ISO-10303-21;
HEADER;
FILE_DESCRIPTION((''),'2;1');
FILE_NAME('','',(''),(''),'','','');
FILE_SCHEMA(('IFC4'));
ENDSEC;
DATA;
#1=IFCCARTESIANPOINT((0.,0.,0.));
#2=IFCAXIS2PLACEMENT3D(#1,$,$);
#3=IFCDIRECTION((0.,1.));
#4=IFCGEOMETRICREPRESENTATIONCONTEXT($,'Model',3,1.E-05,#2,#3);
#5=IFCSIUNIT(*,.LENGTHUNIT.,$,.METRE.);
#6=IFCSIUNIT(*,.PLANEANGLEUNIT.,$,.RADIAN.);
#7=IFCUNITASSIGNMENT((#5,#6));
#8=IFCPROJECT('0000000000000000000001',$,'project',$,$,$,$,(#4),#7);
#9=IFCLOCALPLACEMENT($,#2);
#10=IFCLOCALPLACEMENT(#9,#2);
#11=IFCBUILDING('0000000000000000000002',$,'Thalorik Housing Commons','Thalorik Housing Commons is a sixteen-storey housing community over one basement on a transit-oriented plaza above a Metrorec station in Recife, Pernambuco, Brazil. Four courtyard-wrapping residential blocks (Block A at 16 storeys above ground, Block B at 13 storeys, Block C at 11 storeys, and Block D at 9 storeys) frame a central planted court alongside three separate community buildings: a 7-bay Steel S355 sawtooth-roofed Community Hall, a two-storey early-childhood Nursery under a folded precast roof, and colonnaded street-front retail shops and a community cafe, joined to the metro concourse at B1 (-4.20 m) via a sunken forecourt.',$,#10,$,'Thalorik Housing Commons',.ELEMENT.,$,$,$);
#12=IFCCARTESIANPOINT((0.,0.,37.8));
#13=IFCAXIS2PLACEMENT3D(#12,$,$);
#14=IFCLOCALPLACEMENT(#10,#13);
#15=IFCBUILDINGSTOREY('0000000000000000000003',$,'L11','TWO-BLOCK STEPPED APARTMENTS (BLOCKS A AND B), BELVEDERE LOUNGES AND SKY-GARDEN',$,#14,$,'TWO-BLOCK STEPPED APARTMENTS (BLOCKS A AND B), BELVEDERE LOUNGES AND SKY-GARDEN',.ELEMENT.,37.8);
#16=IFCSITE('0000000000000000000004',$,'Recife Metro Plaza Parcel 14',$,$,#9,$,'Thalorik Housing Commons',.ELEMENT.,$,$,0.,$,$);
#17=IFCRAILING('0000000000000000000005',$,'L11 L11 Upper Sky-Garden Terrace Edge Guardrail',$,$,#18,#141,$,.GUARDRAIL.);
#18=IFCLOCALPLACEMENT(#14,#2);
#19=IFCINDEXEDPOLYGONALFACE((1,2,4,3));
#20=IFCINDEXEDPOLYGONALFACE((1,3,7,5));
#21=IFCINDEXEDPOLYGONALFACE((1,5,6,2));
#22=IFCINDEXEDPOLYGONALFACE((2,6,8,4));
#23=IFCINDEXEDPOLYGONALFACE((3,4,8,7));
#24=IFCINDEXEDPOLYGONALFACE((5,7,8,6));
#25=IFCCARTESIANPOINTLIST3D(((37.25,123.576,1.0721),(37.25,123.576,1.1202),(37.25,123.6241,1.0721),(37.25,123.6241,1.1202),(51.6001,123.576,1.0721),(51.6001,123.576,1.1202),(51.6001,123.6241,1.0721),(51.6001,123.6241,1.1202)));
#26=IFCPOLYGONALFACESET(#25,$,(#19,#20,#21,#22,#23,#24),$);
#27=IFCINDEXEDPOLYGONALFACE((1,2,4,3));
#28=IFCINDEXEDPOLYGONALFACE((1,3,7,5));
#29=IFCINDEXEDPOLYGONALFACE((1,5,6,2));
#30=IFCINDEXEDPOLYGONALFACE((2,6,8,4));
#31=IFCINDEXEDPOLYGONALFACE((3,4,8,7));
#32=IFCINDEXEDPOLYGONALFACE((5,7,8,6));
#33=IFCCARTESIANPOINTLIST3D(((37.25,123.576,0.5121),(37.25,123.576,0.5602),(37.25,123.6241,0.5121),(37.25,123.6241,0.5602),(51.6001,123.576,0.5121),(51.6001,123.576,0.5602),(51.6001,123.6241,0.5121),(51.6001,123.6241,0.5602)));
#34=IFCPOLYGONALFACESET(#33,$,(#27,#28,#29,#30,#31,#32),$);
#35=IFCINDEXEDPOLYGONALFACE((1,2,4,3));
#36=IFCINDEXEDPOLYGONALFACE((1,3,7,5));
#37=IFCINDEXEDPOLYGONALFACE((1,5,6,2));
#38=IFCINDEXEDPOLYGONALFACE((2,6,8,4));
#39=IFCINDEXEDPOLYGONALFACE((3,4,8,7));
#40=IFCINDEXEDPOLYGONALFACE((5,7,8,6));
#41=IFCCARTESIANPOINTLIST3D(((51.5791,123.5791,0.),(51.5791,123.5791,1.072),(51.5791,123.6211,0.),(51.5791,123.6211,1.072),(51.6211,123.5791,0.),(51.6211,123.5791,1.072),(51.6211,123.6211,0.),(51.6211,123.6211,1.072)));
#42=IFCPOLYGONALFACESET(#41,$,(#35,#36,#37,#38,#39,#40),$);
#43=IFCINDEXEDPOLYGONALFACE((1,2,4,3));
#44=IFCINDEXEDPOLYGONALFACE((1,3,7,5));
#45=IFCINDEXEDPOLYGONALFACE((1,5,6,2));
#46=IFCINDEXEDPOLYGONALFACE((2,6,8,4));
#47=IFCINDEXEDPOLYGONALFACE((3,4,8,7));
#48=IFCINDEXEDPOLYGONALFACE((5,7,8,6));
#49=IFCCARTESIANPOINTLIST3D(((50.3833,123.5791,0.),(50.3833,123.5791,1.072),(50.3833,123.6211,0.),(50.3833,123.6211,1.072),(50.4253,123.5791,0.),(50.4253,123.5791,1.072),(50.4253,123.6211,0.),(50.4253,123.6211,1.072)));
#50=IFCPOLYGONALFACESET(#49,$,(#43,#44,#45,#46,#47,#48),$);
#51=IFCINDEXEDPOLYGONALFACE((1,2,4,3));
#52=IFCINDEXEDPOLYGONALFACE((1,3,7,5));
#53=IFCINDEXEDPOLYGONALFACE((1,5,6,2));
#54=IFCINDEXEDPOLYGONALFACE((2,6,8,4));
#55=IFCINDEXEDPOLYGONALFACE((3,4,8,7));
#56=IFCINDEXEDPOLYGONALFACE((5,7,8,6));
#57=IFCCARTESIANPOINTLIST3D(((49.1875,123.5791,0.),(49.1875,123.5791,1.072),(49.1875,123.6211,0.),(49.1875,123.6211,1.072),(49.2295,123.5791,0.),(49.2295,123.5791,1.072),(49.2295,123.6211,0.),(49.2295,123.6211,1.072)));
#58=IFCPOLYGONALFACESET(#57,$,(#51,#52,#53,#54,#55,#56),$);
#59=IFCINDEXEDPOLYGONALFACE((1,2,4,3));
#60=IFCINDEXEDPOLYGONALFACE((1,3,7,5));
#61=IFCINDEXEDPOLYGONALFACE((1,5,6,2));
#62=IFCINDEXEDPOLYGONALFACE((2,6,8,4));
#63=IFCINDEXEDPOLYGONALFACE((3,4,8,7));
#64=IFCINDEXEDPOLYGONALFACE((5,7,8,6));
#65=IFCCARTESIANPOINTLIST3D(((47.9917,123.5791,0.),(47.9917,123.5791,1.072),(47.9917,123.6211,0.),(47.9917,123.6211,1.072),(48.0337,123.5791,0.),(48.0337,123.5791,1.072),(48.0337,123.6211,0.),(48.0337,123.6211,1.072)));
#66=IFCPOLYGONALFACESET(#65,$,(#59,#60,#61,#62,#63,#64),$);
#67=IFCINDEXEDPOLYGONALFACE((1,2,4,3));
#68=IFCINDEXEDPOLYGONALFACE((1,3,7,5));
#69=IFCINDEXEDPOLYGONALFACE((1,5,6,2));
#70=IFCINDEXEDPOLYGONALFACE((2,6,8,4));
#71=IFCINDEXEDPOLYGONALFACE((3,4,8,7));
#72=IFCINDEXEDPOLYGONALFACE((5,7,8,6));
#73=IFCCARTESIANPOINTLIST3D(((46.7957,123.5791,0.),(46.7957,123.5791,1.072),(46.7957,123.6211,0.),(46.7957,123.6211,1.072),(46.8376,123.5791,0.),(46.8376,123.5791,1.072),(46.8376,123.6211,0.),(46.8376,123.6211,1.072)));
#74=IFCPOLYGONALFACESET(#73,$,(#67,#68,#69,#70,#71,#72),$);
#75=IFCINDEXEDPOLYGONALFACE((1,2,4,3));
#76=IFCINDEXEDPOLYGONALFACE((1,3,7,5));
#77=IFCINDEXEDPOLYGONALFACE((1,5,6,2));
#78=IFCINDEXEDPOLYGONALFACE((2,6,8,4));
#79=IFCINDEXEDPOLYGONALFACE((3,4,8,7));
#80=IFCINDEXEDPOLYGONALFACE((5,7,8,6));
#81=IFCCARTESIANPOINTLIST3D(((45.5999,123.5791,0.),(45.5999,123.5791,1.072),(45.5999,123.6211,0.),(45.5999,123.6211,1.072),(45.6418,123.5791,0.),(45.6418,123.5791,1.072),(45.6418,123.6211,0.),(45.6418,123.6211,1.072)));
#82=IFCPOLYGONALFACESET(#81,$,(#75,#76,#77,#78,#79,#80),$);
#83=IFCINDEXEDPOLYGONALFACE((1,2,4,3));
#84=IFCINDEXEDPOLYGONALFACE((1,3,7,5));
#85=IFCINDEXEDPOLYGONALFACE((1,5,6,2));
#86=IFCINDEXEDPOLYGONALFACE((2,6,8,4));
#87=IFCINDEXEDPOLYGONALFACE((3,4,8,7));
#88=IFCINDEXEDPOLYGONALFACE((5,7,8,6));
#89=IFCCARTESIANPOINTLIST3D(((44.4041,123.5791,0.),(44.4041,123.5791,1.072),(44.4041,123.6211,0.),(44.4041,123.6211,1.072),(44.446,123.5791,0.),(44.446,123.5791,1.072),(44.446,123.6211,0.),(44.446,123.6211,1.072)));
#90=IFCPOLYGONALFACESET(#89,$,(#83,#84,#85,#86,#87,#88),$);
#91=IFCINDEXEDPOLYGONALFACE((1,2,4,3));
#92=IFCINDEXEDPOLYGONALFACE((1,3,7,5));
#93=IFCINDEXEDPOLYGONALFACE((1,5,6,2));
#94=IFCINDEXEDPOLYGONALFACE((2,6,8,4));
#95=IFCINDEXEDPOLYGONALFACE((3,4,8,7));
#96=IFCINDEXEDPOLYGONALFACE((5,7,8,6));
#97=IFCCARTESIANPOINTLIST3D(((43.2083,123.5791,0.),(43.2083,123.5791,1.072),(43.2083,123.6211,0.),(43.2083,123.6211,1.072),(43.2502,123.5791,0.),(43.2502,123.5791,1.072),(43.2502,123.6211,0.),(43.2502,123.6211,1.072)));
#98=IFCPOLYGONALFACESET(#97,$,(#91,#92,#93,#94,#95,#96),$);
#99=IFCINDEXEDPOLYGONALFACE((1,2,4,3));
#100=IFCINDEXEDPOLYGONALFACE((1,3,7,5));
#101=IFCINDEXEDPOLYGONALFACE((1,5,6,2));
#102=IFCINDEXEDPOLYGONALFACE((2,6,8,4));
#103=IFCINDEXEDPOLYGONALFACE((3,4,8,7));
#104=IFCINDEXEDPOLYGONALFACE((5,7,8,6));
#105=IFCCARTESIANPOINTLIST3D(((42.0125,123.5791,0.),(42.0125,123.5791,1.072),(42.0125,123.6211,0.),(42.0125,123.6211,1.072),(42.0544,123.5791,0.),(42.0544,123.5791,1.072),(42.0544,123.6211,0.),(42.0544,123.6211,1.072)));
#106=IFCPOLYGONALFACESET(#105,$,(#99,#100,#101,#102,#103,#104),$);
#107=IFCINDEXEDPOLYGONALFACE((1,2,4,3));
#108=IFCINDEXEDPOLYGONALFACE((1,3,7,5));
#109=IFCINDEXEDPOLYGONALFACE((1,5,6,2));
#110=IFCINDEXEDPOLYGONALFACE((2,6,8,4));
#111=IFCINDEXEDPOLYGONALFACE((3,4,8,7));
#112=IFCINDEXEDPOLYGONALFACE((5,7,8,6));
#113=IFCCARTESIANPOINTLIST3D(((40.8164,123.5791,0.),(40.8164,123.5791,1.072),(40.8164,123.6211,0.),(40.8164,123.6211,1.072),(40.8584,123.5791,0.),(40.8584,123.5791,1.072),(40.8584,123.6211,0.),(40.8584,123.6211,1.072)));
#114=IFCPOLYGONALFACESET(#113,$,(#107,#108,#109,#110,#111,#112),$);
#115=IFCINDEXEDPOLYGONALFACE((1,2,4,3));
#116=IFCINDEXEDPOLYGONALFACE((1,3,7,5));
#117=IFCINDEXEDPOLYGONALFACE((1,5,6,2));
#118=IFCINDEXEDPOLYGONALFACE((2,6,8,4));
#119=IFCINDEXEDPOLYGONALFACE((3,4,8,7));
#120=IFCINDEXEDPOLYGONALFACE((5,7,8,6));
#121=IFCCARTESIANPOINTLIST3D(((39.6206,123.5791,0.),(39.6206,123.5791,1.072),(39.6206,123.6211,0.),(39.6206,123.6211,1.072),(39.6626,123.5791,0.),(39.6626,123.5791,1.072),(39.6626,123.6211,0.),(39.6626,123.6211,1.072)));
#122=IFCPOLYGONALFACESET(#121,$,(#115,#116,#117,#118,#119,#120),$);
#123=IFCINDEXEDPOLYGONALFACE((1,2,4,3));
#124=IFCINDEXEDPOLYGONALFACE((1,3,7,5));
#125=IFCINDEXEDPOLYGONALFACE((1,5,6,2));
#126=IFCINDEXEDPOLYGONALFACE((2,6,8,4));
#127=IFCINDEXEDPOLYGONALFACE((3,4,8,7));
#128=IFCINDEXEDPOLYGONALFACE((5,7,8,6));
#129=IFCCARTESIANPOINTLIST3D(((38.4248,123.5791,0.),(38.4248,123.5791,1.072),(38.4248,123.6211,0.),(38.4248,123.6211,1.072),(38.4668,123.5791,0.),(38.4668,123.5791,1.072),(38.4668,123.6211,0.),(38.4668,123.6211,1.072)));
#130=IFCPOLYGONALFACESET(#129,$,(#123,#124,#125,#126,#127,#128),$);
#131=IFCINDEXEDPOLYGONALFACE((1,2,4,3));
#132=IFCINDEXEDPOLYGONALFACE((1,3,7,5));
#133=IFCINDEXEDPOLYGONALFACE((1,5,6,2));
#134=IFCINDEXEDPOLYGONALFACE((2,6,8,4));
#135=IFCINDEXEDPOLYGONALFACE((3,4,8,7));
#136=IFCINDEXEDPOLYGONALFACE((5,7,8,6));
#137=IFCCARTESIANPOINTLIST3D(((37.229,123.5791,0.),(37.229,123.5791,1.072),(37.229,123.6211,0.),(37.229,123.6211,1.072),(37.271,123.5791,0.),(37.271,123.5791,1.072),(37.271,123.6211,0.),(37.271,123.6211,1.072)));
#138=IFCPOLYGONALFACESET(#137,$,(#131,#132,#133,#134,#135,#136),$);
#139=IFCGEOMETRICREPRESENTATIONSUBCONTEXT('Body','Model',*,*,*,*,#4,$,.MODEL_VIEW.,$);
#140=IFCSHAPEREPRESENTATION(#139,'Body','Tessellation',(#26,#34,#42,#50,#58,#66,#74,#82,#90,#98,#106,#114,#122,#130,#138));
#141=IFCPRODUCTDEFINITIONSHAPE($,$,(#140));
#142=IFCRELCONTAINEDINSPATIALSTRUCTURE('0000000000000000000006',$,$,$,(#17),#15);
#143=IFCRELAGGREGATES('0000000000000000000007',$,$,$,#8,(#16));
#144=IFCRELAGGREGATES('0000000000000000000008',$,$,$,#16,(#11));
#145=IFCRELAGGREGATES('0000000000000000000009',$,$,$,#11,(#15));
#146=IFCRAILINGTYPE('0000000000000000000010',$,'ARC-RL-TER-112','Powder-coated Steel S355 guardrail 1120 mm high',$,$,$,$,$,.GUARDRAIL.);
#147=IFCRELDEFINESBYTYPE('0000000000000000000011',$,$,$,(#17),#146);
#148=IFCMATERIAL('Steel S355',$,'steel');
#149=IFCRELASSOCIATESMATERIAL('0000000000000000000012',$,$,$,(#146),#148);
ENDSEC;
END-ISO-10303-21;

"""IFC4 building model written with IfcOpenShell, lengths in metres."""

from ifc_helpers import new_model, si_unit, direction, frame, origin, origin_2d, place, context, subcontext, project, spatial, rectangle, extrude, material, type_object, element, save


model = new_model("IFC4")

# Units and contexts
model_context = context("Model", 3, precision=1e-05, world=origin(), true_north=direction((0.0, 1.0)))
body_context = subcontext(model_context, "Body", "Model", "MODEL_VIEW")
ifc_project = project(units=[si_unit("LENGTHUNIT", "METRE"), si_unit("PLANEANGLEUNIT", "RADIAN")], contexts=[model_context])

# Site, building, storey
site_placement = place(None, origin())
site = spatial("IfcSite", under=ifc_project, at=site_placement, Name="Recife Metro Plaza Parcel 14", LongName="Thalorik Housing Commons", CompositionType="ELEMENT", RefElevation=0.0)
building_placement = place(site_placement, origin())
building = spatial("IfcBuilding", under=site, at=building_placement, Name="Thalorik Housing Commons", Description="Thalorik Housing Commons is a sixteen-storey housing community over one basement on a transit-oriented plaza above a Metrorec station in Recife, Pernambuco, Brazil. Four courtyard-wrapping residential blocks (Block A at 16 storeys above ground, Block B at 13 storeys, Block C at 11 storeys, and Block D at 9 storeys) frame a central planted court alongside three separate community buildings: a 7-bay Steel S355 sawtooth-roofed Community Hall, a two-storey early-childhood Nursery under a folded precast roof, and colonnaded street-front retail shops and a community cafe, joined to the metro concourse at B1 (-4.20 m) via a sunken forecourt.", LongName="Thalorik Housing Commons", CompositionType="ELEMENT")
storey_placement = place(building_placement, frame((0.0, 0.0, 37.8)))
storey = spatial("IfcBuildingStorey", under=building, at=storey_placement, Name="L11", Description="TWO-BLOCK STEPPED APARTMENTS (BLOCKS A AND B), BELVEDERE LOUNGES AND SKY-GARDEN", LongName="TWO-BLOCK STEPPED APARTMENTS (BLOCKS A AND B), BELVEDERE LOUNGES AND SKY-GARDEN", CompositionType="ELEMENT", Elevation=37.8)

# Railing
ifc_material_1 = material(Name="Steel S355", Category="steel")
railing_type_1 = type_object("IfcRailingType", Name="ARC-RL-TER-112", Description="Powder-coated Steel S355 guardrail 1120 mm high", PredefinedType="GUARDRAIL", material=ifc_material_1)
railing_1_placement = place(storey_placement, frame((51.6001, 123.6001, 0.0)))
element("IfcRailing", 1, at=railing_1_placement, inside=storey, type_object=railing_type_1, Name="L11 L11 Upper Sky-Garden Terrace Edge Guardrail", PredefinedType="GUARDRAIL", context=body_context, shape_type="SweptSolid", body=[
    extrude(rectangle(XDim=0.0481, YDim=0.0481, at=origin_2d()), frame((0.0, 0.0, 1.0962), z_axis=(-1.0, 0.0, 0.0), x_axis=(0.0, -1.0, 0.0)), (0.0, 0.0, 1.0), 14.3501),
    extrude(rectangle(XDim=0.0481, YDim=0.0481, at=origin_2d()), frame((0.0, 0.0, 0.5361), z_axis=(-1.0, 0.0, 0.0), x_axis=(0.0, -1.0, 0.0)), (0.0, 0.0, 1.0), 14.3501),
    extrude(rectangle(XDim=0.042, YDim=0.042, at=origin_2d()), origin(), (0.0, 0.0, 1.0), 1.072),
    extrude(rectangle(XDim=0.042, YDim=0.042, at=origin_2d()), frame((-1.1958, 0.0, 0.0)), (0.0, 0.0, 1.0), 1.072),
    extrude(rectangle(XDim=0.042, YDim=0.042, at=origin_2d()), frame((-2.3916, 0.0, 0.0)), (0.0, 0.0, 1.0), 1.072),
    extrude(rectangle(XDim=0.042, YDim=0.042, at=origin_2d()), frame((-3.5874, 0.0, 0.0)), (0.0, 0.0, 1.0), 1.072),
    extrude(rectangle(XDim=0.042, YDim=0.042, at=origin_2d()), frame((-4.7834, 0.0, 0.0)), (0.0, 0.0, 1.0), 1.072),
    extrude(rectangle(XDim=0.042, YDim=0.042, at=origin_2d()), frame((-5.9792, 0.0, 0.0)), (0.0, 0.0, 1.0), 1.072),
    extrude(rectangle(XDim=0.042, YDim=0.042, at=origin_2d()), frame((-7.175, 0.0, 0.0)), (0.0, 0.0, 1.0), 1.072),
    extrude(rectangle(XDim=0.042, YDim=0.042, at=origin_2d()), frame((-8.3708, 0.0, 0.0)), (0.0, 0.0, 1.0), 1.072),
    extrude(rectangle(XDim=0.042, YDim=0.042, at=origin_2d()), frame((-9.5667, 0.0, 0.0)), (0.0, 0.0, 1.0), 1.072),
    extrude(rectangle(XDim=0.042, YDim=0.042, at=origin_2d()), frame((-10.7627, 0.0, 0.0)), (0.0, 0.0, 1.0), 1.072),
    extrude(rectangle(XDim=0.042, YDim=0.042, at=origin_2d()), frame((-11.9585, 0.0, 0.0)), (0.0, 0.0, 1.0), 1.072),
    extrude(rectangle(XDim=0.042, YDim=0.042, at=origin_2d()), frame((-13.1543, 0.0, 0.0)), (0.0, 0.0, 1.0), 1.072),
    extrude(rectangle(XDim=0.042, YDim=0.042, at=origin_2d()), frame((-14.3501, 0.0, 0.0)), (0.0, 0.0, 1.0), 1.072),
])

save(model, "model.ifc")
